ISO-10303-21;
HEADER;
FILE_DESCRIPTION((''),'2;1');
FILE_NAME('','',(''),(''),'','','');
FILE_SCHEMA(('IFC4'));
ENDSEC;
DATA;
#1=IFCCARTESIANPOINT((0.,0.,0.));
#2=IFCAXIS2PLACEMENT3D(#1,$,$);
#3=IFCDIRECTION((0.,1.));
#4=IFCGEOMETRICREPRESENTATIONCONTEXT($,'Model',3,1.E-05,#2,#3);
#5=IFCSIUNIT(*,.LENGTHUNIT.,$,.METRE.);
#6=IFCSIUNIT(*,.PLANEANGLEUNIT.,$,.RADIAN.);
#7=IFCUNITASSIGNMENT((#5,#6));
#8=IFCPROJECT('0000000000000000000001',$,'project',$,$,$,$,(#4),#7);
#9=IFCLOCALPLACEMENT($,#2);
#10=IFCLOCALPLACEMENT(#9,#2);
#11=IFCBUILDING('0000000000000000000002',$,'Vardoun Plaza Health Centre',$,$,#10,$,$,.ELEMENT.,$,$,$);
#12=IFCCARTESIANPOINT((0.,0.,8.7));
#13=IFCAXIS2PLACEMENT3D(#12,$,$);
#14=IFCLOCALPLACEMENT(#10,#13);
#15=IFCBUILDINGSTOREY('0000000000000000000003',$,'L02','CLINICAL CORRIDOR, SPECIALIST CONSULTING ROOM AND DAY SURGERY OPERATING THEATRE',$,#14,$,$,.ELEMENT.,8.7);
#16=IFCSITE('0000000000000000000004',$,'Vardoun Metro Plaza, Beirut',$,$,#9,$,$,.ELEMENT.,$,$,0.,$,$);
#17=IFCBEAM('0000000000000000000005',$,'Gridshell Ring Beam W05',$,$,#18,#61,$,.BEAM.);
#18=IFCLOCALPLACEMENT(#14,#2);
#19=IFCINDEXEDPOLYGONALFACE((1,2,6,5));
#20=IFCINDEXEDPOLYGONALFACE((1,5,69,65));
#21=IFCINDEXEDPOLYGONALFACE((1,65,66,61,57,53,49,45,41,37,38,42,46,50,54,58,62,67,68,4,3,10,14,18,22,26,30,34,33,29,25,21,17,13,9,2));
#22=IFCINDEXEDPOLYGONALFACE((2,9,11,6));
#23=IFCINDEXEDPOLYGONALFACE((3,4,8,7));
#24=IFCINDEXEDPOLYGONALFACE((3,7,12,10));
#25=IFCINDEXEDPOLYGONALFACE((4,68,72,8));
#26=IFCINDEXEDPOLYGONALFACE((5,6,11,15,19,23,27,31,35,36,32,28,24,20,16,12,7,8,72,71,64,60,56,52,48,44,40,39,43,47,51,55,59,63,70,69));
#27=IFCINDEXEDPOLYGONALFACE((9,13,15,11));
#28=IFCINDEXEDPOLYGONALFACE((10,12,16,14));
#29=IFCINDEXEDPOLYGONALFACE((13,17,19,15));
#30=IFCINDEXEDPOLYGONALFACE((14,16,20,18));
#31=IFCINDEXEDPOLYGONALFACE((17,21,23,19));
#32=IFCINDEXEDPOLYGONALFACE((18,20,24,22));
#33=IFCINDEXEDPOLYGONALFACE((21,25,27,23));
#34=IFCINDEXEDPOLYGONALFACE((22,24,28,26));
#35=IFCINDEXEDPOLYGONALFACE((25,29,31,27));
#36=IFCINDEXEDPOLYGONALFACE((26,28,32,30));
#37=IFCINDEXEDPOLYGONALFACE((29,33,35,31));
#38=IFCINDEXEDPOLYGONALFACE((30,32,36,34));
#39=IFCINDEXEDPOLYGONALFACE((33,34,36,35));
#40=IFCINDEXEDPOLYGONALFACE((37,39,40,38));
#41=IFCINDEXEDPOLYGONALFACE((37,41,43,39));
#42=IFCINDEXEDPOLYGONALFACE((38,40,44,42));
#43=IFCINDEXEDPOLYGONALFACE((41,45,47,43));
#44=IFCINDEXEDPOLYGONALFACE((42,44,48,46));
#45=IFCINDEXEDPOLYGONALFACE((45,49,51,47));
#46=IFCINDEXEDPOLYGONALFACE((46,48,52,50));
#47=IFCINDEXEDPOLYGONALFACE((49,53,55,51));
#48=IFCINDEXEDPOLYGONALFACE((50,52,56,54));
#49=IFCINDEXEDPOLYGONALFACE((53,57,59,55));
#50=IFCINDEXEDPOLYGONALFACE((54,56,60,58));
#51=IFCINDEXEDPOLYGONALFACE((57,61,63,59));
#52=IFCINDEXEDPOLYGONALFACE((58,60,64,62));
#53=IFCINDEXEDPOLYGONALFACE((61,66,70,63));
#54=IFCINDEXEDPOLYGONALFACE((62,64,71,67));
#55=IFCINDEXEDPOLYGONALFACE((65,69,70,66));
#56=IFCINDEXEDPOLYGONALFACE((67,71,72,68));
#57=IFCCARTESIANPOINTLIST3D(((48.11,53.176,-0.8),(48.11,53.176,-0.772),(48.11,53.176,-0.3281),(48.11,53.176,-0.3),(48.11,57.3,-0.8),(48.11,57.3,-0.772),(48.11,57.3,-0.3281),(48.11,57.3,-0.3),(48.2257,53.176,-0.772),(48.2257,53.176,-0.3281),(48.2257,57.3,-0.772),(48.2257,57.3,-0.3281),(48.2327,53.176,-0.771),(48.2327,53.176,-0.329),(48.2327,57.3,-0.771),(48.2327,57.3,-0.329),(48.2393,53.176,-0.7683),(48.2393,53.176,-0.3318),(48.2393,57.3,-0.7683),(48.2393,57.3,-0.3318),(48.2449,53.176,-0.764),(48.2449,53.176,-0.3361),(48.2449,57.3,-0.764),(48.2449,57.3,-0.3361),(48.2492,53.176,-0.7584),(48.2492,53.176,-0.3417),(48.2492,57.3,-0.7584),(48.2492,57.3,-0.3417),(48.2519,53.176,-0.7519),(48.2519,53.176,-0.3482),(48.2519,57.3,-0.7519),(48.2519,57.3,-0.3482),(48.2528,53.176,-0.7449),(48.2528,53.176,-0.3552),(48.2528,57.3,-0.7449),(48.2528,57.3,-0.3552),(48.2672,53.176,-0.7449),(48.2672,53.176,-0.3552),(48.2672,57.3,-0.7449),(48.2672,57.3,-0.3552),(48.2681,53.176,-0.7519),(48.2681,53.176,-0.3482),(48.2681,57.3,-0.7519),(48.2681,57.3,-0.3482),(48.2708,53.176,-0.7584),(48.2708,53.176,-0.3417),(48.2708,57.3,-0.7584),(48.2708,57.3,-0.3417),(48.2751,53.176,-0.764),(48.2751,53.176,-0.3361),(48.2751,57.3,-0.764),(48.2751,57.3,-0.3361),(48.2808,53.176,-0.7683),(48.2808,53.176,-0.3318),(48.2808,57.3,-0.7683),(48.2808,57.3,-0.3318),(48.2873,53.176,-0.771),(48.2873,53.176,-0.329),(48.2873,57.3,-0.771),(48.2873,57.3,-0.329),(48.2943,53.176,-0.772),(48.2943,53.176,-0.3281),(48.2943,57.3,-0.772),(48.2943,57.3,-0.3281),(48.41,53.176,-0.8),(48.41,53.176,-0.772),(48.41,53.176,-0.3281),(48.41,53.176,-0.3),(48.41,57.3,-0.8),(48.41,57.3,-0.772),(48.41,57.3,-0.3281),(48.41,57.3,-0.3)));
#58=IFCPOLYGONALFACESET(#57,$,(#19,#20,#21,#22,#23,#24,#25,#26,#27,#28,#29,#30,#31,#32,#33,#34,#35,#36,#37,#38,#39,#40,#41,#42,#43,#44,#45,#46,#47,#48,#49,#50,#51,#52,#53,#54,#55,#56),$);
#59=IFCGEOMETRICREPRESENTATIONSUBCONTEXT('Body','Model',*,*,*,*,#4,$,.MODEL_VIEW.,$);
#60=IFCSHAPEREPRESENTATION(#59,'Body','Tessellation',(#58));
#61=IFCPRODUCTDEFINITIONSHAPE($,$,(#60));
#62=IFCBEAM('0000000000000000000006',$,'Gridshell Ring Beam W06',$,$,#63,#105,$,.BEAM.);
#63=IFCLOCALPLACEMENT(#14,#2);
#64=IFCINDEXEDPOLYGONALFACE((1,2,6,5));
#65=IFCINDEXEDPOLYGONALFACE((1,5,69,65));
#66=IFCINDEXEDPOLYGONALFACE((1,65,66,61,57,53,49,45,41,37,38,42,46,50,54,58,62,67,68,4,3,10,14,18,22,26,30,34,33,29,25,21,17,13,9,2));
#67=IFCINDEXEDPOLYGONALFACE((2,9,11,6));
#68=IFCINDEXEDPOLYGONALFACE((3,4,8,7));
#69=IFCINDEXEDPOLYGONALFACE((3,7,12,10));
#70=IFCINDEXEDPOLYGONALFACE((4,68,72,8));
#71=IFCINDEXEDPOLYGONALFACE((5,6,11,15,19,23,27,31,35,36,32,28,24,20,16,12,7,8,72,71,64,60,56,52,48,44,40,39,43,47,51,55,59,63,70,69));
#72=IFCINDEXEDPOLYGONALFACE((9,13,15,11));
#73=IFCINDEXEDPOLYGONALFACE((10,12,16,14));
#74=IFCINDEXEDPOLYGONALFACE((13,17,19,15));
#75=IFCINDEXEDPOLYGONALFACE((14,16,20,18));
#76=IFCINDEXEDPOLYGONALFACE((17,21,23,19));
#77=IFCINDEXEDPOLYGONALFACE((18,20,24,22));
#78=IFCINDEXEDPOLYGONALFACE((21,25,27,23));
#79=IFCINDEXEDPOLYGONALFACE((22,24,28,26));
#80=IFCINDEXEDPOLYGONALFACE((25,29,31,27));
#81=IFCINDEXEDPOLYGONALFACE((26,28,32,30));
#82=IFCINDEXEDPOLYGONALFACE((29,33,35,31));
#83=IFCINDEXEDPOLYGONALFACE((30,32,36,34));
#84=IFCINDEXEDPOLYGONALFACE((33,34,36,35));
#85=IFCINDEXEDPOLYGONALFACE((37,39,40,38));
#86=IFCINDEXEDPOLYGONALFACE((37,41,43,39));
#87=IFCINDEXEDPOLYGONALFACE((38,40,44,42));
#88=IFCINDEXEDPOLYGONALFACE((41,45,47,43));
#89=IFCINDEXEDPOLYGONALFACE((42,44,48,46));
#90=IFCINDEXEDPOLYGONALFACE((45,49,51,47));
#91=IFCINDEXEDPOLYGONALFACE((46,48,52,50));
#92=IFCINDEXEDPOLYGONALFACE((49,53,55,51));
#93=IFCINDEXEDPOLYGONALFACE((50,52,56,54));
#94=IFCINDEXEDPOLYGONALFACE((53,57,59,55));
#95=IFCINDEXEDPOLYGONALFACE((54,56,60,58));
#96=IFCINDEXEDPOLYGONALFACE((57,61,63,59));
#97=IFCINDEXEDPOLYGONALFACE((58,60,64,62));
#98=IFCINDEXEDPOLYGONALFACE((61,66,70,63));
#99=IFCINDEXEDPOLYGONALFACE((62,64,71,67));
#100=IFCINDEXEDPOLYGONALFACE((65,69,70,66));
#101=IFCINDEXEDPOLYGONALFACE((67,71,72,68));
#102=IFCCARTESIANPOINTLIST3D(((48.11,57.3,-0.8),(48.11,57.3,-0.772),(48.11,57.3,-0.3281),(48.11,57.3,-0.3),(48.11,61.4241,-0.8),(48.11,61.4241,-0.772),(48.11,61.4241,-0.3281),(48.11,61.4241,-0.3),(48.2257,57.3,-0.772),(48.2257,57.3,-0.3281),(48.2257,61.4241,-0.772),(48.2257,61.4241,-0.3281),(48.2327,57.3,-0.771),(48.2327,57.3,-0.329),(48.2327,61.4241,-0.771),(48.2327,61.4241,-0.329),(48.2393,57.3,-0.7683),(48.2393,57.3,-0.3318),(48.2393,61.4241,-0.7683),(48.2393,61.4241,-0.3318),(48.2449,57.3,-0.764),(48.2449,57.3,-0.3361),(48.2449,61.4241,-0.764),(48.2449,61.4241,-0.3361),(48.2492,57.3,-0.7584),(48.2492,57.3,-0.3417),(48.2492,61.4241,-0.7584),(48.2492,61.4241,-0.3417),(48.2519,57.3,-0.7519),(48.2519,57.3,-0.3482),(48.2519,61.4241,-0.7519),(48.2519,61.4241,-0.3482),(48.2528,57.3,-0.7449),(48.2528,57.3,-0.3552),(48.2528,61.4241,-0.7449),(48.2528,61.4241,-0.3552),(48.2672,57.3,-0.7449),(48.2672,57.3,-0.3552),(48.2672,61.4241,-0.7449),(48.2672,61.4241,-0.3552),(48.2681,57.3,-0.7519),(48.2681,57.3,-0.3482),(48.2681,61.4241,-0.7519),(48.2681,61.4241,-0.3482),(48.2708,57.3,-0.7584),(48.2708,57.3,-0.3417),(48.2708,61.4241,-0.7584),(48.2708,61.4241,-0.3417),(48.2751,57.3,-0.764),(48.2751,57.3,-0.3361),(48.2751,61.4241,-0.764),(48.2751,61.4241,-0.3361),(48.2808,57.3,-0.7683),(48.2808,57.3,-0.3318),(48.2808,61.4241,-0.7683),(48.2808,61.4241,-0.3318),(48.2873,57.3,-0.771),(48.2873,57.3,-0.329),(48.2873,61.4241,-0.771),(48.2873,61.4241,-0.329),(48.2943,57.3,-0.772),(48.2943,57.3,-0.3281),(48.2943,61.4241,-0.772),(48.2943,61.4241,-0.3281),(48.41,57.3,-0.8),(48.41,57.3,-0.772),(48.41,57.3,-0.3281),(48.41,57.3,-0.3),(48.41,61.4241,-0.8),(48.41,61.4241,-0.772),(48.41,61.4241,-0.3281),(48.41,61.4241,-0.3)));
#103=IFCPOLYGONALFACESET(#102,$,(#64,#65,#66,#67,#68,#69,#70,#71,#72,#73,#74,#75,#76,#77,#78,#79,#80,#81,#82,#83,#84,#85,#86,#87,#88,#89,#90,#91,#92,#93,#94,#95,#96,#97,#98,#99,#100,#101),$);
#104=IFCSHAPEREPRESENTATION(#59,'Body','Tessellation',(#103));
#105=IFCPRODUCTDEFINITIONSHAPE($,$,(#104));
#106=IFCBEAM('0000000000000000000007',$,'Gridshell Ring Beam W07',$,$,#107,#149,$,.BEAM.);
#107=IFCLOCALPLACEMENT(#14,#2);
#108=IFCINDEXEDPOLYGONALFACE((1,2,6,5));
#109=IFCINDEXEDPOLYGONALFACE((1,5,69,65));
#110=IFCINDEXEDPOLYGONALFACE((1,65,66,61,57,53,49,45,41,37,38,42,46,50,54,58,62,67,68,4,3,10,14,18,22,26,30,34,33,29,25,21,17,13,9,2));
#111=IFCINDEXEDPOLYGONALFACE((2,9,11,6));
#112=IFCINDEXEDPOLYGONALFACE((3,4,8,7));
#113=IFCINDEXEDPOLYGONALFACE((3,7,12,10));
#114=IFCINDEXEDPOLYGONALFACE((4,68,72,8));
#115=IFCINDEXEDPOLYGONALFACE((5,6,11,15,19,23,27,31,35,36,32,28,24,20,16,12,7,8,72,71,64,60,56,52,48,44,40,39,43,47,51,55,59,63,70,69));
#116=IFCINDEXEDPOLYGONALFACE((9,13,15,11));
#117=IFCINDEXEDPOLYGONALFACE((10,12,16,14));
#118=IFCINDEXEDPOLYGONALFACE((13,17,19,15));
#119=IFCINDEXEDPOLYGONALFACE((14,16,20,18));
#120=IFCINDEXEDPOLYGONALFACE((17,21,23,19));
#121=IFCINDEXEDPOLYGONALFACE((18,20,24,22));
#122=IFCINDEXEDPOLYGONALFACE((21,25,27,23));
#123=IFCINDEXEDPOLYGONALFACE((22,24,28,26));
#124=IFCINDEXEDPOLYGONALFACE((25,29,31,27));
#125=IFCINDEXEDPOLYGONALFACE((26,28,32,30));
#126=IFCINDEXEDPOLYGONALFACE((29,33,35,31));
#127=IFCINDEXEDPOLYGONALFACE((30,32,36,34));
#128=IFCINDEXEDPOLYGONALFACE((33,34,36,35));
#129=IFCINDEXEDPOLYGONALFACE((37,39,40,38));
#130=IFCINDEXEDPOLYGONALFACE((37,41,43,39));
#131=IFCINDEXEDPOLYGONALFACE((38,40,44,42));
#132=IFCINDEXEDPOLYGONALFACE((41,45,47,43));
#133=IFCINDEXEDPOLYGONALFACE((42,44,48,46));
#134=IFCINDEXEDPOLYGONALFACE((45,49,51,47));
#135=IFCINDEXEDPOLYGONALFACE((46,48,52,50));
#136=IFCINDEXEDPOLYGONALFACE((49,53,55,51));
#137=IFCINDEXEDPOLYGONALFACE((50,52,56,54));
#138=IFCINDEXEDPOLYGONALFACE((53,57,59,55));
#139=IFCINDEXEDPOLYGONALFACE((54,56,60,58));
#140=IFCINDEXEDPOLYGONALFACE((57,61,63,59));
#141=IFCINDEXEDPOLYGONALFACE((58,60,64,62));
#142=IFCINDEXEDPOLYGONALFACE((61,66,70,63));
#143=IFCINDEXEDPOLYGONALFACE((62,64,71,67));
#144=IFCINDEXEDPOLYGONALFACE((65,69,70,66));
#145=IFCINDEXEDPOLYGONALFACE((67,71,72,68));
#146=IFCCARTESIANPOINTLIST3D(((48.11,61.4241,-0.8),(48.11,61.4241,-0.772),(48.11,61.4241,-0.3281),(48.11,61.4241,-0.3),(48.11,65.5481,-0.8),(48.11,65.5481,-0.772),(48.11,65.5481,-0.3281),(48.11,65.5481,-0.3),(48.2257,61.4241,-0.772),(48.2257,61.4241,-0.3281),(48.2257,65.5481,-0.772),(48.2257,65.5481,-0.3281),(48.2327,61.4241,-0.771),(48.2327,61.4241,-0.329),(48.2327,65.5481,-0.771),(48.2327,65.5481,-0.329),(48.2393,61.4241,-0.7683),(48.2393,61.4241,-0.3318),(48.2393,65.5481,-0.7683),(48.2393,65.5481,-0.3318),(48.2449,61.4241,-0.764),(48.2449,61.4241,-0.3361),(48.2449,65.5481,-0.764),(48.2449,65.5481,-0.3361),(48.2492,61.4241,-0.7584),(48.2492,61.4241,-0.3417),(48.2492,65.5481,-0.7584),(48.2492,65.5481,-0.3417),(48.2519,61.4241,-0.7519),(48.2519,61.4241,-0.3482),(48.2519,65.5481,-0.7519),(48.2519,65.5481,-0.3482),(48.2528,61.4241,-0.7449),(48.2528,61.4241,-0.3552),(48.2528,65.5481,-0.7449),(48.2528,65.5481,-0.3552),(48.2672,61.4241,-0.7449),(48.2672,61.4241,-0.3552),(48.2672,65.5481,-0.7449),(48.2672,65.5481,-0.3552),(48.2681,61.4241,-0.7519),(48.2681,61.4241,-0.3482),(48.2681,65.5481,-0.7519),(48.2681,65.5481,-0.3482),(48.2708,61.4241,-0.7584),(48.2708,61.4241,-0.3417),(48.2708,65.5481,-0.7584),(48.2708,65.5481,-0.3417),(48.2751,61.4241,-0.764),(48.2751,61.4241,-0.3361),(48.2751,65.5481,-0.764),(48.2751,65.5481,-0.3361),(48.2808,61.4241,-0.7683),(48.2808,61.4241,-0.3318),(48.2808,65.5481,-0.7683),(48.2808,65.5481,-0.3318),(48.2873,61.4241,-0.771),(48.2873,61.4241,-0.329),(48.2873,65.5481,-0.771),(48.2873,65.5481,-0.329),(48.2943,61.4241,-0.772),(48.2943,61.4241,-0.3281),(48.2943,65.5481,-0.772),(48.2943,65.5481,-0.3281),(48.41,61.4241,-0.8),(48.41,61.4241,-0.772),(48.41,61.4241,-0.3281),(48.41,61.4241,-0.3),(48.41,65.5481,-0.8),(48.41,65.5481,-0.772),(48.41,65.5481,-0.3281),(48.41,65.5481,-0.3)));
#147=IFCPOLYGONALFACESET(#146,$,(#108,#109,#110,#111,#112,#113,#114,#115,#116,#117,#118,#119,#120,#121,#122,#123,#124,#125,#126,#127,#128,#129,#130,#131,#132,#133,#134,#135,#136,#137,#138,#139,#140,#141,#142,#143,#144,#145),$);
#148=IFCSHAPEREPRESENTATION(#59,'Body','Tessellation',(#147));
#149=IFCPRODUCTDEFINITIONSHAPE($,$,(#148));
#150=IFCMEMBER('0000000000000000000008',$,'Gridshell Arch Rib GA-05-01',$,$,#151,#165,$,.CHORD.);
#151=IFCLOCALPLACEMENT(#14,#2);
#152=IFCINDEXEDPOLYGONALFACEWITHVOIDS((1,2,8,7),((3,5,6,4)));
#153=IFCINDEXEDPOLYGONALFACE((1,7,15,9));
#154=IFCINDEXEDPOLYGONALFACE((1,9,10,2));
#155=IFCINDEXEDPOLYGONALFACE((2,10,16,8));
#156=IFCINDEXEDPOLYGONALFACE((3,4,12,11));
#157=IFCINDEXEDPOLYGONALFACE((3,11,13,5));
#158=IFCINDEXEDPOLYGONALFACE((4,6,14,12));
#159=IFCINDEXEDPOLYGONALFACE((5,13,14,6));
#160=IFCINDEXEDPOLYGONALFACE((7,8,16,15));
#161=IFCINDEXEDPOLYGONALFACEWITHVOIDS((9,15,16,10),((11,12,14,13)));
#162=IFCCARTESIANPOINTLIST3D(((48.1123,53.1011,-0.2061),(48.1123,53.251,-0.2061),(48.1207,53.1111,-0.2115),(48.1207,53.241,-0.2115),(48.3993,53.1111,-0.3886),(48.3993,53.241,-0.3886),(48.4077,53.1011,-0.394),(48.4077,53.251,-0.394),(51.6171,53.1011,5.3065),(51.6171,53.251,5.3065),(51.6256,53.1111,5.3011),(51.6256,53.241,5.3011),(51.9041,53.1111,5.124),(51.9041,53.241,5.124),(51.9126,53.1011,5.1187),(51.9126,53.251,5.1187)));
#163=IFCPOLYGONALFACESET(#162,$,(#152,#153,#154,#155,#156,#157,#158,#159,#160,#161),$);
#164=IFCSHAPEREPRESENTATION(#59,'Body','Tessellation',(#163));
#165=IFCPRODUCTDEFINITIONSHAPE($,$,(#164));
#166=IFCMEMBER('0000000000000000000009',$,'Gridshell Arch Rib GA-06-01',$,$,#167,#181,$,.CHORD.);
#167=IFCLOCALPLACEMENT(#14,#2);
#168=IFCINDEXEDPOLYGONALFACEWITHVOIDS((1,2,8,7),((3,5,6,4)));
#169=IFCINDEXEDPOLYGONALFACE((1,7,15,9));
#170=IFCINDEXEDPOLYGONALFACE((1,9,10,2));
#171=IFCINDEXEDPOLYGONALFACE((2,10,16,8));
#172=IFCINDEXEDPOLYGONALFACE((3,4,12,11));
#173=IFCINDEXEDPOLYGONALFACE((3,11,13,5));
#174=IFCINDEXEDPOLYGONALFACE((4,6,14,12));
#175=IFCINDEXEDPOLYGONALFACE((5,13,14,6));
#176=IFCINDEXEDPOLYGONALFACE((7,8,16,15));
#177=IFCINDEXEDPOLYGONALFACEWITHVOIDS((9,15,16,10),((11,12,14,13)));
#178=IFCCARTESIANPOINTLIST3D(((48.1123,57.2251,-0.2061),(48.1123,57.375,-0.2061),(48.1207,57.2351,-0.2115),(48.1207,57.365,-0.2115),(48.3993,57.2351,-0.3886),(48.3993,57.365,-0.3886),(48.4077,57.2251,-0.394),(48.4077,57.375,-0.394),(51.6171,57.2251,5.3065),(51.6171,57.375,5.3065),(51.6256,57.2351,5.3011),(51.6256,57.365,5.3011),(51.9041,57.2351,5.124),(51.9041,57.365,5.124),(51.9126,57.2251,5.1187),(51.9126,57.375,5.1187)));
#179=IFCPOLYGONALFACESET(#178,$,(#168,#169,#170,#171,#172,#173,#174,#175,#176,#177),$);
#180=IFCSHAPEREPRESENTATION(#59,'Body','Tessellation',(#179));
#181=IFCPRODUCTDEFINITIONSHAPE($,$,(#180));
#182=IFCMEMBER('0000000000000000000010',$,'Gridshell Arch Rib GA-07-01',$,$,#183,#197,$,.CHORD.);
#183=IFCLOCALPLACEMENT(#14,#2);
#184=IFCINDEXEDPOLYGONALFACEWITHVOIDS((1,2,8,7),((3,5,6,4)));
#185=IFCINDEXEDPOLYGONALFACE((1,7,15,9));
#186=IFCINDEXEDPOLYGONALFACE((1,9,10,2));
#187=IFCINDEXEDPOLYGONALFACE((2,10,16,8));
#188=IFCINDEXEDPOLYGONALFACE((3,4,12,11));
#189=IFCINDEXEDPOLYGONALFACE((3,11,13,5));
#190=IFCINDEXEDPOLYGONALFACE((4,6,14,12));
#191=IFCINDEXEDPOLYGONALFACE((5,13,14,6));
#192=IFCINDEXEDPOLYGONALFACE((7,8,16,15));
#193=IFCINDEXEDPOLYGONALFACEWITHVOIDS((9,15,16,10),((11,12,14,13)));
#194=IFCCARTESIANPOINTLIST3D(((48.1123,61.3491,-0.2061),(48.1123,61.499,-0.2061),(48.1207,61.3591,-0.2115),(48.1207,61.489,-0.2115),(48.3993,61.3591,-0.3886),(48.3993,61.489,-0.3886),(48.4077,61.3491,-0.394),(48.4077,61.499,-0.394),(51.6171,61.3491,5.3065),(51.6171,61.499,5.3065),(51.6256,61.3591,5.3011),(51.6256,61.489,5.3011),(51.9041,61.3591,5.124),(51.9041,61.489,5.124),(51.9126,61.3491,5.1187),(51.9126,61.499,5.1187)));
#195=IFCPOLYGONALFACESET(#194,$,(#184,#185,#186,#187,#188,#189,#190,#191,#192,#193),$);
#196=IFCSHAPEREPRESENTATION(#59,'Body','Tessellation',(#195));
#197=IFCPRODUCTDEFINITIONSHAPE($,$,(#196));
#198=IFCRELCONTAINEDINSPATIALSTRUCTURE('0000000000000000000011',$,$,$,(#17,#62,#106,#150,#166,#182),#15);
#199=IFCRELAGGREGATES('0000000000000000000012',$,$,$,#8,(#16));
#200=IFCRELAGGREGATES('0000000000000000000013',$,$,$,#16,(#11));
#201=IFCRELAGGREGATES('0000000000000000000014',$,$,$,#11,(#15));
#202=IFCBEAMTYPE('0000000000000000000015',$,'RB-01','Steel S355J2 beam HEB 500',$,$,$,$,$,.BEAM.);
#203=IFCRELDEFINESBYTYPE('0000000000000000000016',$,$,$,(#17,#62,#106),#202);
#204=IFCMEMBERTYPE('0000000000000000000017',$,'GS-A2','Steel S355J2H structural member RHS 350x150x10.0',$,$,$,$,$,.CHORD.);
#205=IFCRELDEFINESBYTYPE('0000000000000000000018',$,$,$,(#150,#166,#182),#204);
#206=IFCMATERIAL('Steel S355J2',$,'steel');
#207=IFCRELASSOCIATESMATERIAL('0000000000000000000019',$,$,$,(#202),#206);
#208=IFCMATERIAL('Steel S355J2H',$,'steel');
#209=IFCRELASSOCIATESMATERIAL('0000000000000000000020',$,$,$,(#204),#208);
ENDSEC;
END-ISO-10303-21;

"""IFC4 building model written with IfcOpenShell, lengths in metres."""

from ifc_helpers import new_model, si_unit, direction, frame, origin, origin_2d, place, context, subcontext, project, spatial, hollow_rectangle, i_section, extrude, material, material_profile, profile_set, type_object, element, save


model = new_model("IFC4")

# Units and contexts
model_context = context("Model", 3, precision=1e-05, world=origin(), true_north=direction((0.0, 1.0)))
body_context = subcontext(model_context, "Body", "Model", "MODEL_VIEW")
ifc_project = project(units=[si_unit("LENGTHUNIT", "METRE"), si_unit("PLANEANGLEUNIT", "RADIAN")], contexts=[model_context])

# Site, building, storey
site_placement = place(None, origin())
site = spatial("IfcSite", under=ifc_project, at=site_placement, Name="Vardoun Metro Plaza, Beirut", CompositionType="ELEMENT", RefElevation=0.0)
building_placement = place(site_placement, origin())
building = spatial("IfcBuilding", under=site, at=building_placement, Name="Vardoun Plaza Health Centre", CompositionType="ELEMENT")
storey_placement = place(building_placement, frame((0.0, 0.0, 8.7)))
storey = spatial("IfcBuildingStorey", under=building, at=storey_placement, Name="L02", Description="CLINICAL CORRIDOR, SPECIALIST CONSULTING ROOM AND DAY SURGERY OPERATING THEATRE", CompositionType="ELEMENT", Elevation=8.7)

# Beams
ifc_material_1 = material(Name="Steel S355J2", Category="steel")
ifc_material_profile_1 = material_profile(ifc_material_1, i_section(OverallWidth=0.3, OverallDepth=0.5, WebThickness=0.0144, FlangeThickness=0.0281, FilletRadius=0.0271, at=origin_2d()), Name="HEB 500")
ifc_profile_set_1 = profile_set([ifc_material_profile_1], Name="Steel S355J2")
beam_type_1 = type_object("IfcBeamType", Name="RB-01", Description="Steel S355J2 beam HEB 500", PredefinedType="BEAM", material=ifc_profile_set_1)
for number, where, z_axis, x_axis, name in (
    (1, (48.26, 53.176, -0.55), (0.0, 1.0, 0.0), (-1.0, 0.0, 0.0), "Gridshell Ring Beam W05"),
    (2, (48.26, 57.3, -0.55), (0.0, 1.0, 0.0), (-1.0, 0.0, 0.0), "Gridshell Ring Beam W06"),
    (3, (48.26, 61.4241, -0.55), (0.0, 1.0, 0.0), (-1.0, 0.0, 0.0), "Gridshell Ring Beam W07"),
):
    element("IfcBeam", number, at=place(storey_placement, frame(where, z_axis=z_axis, x_axis=x_axis)), inside=storey, type_object=beam_type_1, Name=name, PredefinedType="BEAM", context=body_context, shape_type="SweptSolid", body=[
        extrude(i_section(OverallWidth=0.3, OverallDepth=0.5, WebThickness=0.0144, FlangeThickness=0.0281, FilletRadius=0.0271, at=origin_2d()), origin(), (0.0, 0.0, 1.0), 4.124),
    ])

# Members
ifc_material_2 = material(Name="Steel S355J2H", Category="steel")
ifc_material_profile_2 = material_profile(ifc_material_2, hollow_rectangle(XDim=0.1499, YDim=0.3501, WallThickness=0.01, at=origin_2d()), Name="RHS 350x150x10.0")
ifc_profile_set_2 = profile_set([ifc_material_profile_2], Name="Steel S355J2H")
member_type_1 = type_object("IfcMemberType", Name="GS-A2", Description="Steel S355J2H structural member RHS 350x150x10.0", PredefinedType="CHORD", material=ifc_profile_set_2)
for number, where, z_axis, x_axis, name in (
    (4, (48.26, 53.176, -0.3), (0.536527, 0.0, 0.843883), (0.0, 1.0, 0.0), "Gridshell Arch Rib GA-05-01"),
    (5, (48.26, 57.3, -0.3), (0.536527, 0.0, 0.843883), (0.0, 1.0, 0.0), "Gridshell Arch Rib GA-06-01"),
    (6, (48.26, 61.4241, -0.3), (0.536527, 0.0, 0.843883), (0.0, 1.0, 0.0), "Gridshell Arch Rib GA-07-01"),
):
    element("IfcMember", number, at=place(storey_placement, frame(where, z_axis=z_axis, x_axis=x_axis)), inside=storey, type_object=member_type_1, Name=name, PredefinedType="CHORD", context=body_context, shape_type="SweptSolid", body=[
        extrude(hollow_rectangle(XDim=0.1499, YDim=0.3501, WallThickness=0.01, at=origin_2d()), origin(), (0.0, 0.0, 1.0), 6.5325),
    ])

save(model, "model.ifc")
